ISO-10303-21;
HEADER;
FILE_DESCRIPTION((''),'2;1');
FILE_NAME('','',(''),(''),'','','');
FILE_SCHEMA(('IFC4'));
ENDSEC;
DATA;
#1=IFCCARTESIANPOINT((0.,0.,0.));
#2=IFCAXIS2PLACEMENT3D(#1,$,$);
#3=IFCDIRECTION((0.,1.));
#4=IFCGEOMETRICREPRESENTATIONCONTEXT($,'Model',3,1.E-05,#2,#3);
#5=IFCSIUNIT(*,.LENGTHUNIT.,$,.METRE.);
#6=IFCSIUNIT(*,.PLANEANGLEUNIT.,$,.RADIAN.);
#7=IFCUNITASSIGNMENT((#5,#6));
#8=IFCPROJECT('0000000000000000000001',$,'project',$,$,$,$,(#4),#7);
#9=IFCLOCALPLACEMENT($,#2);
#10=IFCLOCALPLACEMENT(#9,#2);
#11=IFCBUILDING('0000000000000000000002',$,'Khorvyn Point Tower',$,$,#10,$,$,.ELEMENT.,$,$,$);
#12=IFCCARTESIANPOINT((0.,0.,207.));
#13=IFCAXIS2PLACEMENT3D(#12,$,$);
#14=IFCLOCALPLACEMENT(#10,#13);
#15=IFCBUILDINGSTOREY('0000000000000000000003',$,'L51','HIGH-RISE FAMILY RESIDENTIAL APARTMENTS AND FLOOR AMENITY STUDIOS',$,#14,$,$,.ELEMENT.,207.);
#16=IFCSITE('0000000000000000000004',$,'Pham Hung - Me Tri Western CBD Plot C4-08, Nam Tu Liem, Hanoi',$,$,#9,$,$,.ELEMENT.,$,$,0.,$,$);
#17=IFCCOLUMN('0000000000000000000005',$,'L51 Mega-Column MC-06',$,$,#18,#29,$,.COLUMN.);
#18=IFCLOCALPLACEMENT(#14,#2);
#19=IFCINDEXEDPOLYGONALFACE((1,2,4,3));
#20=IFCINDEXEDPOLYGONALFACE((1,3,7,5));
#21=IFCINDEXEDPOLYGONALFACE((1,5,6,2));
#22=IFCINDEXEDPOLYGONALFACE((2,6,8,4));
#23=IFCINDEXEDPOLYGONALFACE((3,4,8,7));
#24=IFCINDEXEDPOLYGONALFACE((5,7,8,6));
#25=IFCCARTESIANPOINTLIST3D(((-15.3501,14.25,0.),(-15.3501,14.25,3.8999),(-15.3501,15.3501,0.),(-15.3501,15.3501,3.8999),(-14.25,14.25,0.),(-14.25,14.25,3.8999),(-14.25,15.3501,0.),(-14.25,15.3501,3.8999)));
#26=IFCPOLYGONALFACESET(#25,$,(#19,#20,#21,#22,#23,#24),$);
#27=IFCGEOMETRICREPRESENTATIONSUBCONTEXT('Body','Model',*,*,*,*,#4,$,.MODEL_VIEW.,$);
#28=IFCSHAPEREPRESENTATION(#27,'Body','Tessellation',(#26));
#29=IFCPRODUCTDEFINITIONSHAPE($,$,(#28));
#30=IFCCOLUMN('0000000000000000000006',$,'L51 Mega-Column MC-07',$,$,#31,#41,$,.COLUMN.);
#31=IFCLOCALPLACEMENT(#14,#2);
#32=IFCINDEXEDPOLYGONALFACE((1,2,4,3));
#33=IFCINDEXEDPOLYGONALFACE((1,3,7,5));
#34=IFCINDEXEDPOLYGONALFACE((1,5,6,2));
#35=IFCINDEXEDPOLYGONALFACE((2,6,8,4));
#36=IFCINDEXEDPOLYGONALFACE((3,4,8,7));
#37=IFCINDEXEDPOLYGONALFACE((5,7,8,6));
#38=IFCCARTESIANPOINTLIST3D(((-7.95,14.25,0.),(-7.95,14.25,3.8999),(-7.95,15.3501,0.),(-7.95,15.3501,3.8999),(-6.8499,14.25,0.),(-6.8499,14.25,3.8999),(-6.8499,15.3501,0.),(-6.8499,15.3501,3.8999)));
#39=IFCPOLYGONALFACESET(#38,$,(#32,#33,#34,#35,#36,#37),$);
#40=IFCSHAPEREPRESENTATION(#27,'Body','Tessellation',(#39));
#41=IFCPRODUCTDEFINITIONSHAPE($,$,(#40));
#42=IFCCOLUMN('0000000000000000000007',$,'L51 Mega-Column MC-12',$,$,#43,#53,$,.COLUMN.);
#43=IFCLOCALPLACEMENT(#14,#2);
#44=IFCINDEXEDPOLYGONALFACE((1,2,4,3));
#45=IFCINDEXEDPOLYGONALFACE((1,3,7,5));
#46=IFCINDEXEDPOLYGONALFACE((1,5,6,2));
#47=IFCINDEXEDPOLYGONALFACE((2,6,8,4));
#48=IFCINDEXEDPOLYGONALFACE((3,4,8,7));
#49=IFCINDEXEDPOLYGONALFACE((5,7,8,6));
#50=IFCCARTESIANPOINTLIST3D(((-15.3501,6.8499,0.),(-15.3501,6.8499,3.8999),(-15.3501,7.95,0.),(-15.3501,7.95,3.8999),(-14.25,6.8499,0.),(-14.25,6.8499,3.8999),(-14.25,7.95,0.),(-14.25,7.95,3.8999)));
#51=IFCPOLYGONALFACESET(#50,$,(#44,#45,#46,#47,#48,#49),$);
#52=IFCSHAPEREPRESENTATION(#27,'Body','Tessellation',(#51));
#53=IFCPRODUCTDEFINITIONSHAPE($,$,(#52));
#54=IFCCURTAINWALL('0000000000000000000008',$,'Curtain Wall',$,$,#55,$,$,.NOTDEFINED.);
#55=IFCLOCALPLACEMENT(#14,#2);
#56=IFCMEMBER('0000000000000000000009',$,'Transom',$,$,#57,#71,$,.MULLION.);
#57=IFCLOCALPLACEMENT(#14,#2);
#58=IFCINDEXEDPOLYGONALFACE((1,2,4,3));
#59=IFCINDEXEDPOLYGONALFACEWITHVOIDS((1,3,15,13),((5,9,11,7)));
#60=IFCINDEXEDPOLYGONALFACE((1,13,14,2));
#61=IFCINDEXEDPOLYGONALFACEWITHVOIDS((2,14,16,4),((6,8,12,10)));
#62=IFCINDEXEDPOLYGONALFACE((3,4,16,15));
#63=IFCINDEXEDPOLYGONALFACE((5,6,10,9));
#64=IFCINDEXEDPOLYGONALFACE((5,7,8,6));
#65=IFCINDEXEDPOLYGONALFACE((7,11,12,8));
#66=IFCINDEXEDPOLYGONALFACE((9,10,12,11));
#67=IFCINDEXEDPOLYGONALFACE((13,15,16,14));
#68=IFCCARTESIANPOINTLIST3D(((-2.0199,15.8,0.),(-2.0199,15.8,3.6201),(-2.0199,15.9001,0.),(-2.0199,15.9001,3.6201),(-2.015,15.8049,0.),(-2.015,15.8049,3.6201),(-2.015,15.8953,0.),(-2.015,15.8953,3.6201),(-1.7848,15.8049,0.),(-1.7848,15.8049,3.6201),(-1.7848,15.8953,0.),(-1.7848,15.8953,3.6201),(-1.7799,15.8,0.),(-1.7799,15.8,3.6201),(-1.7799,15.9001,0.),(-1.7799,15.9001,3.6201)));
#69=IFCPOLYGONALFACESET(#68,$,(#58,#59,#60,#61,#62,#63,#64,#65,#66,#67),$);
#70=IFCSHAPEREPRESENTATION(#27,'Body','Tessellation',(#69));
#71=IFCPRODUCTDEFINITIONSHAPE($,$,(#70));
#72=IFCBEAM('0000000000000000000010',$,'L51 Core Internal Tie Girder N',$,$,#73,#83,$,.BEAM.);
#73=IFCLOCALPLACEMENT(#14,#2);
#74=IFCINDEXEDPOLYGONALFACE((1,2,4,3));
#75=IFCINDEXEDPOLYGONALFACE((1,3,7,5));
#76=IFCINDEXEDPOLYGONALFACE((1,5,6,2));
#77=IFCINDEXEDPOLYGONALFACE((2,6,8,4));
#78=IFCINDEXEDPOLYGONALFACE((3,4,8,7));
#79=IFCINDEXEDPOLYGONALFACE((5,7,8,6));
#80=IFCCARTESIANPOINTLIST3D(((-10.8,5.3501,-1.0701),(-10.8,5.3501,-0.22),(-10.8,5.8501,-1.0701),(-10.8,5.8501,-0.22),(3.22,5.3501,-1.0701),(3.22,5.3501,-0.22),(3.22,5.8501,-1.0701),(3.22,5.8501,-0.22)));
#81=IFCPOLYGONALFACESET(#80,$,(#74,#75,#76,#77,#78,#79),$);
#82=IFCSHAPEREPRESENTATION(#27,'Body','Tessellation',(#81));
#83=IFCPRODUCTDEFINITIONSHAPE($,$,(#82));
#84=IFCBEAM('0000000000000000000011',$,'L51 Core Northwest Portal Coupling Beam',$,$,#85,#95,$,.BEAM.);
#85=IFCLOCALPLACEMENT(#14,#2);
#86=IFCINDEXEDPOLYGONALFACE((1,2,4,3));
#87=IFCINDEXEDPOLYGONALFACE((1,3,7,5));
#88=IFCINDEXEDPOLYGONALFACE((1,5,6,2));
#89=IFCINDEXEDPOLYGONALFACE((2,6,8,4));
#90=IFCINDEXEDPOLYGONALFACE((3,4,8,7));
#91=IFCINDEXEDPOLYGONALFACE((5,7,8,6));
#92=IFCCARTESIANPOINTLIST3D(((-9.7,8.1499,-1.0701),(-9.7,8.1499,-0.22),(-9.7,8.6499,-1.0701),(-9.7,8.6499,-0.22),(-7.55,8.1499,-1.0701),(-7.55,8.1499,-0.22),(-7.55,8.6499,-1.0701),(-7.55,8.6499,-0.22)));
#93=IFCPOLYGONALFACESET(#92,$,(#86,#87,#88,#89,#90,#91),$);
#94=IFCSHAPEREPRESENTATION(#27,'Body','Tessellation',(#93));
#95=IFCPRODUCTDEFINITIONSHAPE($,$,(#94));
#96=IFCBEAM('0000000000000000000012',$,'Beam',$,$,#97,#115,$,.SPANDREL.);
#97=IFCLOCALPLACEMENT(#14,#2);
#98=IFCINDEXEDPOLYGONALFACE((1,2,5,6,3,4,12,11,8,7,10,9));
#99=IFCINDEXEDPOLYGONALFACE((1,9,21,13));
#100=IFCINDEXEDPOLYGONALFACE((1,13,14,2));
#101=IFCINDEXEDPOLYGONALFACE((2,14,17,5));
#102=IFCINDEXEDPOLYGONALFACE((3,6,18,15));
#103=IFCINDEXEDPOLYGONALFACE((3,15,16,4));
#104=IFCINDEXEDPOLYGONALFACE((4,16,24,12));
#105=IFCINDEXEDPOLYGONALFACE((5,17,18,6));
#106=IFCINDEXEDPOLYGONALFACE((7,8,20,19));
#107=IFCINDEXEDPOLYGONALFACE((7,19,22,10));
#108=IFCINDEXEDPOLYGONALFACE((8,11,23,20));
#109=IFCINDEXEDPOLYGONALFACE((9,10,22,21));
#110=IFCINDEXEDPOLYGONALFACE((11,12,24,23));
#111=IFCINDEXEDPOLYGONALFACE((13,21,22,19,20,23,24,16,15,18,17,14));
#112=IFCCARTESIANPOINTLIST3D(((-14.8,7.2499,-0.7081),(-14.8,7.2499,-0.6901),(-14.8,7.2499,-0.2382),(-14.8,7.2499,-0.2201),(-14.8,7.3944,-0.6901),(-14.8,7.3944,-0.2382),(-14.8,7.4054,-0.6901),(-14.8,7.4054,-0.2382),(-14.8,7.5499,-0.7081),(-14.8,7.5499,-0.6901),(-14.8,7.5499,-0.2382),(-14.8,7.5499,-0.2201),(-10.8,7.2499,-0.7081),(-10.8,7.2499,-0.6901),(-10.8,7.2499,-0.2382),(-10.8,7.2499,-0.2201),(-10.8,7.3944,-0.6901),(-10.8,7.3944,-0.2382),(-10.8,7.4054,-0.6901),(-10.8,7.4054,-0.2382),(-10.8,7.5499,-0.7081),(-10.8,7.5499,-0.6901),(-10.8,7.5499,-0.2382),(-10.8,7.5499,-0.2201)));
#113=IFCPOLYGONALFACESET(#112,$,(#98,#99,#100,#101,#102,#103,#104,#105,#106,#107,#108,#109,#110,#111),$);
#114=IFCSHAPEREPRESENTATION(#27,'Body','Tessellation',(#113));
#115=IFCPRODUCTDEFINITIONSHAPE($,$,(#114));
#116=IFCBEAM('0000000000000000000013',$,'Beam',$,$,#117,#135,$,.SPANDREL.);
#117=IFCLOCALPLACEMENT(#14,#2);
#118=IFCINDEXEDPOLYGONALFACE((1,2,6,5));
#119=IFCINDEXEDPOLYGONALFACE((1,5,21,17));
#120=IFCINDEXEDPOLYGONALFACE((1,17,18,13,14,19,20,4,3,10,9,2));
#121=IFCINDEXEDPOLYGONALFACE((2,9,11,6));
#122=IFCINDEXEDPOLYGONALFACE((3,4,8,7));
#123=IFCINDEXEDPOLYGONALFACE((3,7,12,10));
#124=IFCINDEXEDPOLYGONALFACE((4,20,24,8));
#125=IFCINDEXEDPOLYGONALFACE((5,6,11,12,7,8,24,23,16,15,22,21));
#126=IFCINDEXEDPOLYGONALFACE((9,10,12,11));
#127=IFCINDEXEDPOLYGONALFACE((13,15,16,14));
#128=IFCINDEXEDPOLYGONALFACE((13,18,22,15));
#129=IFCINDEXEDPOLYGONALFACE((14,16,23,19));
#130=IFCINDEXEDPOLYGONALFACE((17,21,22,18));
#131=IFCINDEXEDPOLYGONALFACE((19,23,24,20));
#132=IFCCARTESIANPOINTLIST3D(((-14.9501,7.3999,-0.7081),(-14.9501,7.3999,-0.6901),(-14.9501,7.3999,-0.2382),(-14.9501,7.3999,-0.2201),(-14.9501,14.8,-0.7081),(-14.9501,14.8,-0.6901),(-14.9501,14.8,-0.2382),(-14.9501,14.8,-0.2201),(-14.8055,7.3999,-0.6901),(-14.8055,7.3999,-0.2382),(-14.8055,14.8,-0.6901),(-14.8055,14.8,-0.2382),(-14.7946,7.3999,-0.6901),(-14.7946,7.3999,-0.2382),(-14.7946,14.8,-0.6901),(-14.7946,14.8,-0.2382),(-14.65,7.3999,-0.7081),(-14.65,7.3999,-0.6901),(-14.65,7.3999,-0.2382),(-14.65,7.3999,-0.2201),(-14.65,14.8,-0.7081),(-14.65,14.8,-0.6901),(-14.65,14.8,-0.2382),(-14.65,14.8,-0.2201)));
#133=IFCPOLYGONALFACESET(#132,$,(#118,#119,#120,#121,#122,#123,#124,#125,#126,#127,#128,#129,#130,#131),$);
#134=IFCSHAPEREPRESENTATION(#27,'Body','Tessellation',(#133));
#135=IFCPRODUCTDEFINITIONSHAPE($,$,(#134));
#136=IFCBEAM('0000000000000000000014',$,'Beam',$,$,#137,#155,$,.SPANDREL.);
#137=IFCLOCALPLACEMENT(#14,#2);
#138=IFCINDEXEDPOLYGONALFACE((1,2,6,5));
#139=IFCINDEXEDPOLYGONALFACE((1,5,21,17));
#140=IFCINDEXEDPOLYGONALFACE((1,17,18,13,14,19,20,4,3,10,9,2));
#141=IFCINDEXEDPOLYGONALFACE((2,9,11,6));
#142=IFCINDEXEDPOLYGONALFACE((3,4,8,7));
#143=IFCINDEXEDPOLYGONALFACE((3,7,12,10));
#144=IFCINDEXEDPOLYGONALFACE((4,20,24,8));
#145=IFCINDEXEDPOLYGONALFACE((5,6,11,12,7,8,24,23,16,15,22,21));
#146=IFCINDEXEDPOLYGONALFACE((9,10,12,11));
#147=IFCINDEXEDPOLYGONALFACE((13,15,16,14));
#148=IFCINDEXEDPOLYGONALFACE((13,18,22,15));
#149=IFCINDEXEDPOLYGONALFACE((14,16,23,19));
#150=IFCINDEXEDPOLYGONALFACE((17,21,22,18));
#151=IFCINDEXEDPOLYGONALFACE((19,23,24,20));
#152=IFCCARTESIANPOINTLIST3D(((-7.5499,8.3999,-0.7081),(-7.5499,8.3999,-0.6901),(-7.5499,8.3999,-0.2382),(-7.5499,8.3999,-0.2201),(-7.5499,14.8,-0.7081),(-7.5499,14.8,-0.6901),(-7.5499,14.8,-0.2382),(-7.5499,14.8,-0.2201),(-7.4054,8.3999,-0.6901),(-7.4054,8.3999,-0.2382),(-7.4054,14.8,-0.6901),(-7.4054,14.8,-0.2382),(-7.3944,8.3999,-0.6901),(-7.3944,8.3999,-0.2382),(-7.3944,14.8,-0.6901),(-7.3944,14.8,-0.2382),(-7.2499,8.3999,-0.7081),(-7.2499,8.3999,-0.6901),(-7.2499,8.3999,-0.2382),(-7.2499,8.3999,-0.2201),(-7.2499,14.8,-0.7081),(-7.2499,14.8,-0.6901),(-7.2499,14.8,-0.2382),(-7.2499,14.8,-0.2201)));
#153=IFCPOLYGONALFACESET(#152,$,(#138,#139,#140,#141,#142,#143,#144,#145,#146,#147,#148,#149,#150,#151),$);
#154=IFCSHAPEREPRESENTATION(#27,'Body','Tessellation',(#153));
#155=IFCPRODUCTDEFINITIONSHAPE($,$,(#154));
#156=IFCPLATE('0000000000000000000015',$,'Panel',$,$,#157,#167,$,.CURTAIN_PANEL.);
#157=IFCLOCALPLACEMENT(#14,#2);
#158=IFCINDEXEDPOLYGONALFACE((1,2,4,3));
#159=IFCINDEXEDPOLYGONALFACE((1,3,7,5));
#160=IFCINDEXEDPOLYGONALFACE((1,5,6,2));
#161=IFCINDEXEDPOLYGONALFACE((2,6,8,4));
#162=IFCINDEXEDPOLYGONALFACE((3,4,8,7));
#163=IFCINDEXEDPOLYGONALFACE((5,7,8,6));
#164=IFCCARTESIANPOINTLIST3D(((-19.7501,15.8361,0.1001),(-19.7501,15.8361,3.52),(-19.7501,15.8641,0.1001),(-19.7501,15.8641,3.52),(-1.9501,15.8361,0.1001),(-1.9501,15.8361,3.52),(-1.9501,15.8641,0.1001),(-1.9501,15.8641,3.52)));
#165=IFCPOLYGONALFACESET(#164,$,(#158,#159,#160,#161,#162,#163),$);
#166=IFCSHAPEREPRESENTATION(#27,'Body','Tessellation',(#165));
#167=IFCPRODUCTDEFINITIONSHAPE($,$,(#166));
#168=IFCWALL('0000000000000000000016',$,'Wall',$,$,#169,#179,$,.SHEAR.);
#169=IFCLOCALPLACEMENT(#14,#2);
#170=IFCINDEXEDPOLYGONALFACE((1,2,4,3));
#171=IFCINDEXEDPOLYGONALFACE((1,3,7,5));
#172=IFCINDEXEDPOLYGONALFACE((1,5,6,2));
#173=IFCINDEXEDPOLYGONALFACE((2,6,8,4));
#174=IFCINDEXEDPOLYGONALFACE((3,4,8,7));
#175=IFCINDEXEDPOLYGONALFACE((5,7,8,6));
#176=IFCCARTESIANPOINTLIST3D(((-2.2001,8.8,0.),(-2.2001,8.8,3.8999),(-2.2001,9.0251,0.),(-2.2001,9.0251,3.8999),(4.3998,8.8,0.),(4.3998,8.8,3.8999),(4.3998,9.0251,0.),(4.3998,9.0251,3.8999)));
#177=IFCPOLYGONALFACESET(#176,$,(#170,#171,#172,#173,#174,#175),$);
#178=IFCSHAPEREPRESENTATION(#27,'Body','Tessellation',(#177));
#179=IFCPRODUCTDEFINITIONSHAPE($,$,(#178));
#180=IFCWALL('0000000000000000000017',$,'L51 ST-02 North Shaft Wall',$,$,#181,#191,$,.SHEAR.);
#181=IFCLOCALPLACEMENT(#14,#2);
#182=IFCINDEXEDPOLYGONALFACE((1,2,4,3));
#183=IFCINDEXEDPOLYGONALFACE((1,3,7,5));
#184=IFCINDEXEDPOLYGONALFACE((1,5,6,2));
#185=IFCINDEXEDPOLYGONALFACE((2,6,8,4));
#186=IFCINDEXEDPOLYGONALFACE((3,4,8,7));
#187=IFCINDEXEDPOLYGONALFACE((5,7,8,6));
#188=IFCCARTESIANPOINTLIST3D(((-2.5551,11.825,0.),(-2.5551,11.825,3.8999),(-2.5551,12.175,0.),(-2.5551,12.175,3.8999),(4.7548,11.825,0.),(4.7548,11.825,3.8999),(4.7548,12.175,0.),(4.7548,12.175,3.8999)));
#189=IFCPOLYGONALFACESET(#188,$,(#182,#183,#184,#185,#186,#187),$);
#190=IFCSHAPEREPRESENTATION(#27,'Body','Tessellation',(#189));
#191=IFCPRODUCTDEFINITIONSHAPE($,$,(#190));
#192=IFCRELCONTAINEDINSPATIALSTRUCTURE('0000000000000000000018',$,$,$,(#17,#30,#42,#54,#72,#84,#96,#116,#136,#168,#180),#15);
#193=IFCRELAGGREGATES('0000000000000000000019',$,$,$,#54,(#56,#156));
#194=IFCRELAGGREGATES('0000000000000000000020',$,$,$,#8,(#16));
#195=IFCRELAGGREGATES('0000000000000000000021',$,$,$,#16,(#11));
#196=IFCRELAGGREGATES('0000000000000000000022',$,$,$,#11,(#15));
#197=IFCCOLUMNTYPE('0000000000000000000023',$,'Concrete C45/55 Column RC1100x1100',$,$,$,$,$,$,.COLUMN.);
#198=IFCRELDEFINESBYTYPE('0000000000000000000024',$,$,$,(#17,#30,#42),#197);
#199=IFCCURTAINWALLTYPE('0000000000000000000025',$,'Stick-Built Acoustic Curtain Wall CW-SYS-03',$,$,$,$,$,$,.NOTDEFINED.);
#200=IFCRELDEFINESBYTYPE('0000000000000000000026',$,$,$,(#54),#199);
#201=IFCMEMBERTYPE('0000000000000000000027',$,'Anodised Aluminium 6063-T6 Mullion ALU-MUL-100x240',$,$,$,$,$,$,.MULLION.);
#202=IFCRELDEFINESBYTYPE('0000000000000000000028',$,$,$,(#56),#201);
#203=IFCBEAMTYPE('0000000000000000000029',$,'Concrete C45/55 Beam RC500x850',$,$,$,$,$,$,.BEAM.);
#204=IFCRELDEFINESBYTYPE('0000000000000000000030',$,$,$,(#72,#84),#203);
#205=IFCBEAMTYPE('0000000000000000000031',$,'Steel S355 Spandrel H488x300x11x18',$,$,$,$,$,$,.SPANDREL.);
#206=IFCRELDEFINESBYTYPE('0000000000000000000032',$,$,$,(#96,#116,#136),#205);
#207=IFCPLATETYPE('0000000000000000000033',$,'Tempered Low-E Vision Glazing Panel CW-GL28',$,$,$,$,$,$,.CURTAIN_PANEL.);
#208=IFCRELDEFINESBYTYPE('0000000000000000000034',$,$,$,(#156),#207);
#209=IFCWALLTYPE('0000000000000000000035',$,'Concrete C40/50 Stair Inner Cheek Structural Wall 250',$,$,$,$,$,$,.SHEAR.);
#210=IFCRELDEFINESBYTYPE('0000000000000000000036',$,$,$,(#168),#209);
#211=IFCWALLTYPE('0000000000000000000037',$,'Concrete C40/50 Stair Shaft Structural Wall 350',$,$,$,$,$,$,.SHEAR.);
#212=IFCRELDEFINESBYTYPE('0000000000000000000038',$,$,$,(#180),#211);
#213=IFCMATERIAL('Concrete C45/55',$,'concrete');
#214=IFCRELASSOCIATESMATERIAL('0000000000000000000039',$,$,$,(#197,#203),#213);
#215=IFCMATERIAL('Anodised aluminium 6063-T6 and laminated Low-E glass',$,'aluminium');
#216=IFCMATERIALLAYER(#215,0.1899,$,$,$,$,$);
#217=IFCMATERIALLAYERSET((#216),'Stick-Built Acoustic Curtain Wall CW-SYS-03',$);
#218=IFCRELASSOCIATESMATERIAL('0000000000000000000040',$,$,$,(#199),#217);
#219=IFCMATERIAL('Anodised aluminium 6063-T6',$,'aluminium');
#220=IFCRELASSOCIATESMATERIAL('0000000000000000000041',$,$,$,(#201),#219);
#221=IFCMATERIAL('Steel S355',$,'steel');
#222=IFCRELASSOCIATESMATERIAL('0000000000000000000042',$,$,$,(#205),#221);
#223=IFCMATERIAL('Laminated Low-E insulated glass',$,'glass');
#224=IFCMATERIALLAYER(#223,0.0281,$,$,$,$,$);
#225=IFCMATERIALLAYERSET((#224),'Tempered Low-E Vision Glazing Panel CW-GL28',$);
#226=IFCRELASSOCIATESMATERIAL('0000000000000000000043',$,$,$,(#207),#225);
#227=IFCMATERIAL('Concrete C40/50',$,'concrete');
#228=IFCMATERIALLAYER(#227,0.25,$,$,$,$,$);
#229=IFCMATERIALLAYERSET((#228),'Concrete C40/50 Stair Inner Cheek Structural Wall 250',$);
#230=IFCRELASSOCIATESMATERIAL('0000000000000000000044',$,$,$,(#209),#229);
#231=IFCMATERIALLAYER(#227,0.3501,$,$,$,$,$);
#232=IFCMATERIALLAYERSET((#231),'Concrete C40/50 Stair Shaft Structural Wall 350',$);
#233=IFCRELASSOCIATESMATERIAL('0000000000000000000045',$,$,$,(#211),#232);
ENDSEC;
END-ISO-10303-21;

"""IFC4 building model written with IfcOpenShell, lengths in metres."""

from ifc_helpers import new_model, si_unit, direction, frame, frame_2d, origin, origin_2d, place, context, subcontext, project, spatial, rectangle, hollow_rectangle, i_section, extrude, material, layer, layer_set, material_profile, profile_set, type_object, element, aggregate, save


model = new_model("IFC4")

# Units and contexts
model_context = context("Model", 3, precision=1e-05, world=origin(), true_north=direction((0.0, 1.0)))
body_context = subcontext(model_context, "Body", "Model", "MODEL_VIEW")
ifc_project = project(units=[si_unit("LENGTHUNIT", "METRE"), si_unit("PLANEANGLEUNIT", "RADIAN")], contexts=[model_context])

# Site, building, storey
site_placement = place(None, origin())
site = spatial("IfcSite", under=ifc_project, at=site_placement, Name="Pham Hung - Me Tri Western CBD Plot C4-08, Nam Tu Liem, Hanoi", CompositionType="ELEMENT", RefElevation=0.0)
building_placement = place(site_placement, origin())
building = spatial("IfcBuilding", under=site, at=building_placement, Name="Khorvyn Point Tower", CompositionType="ELEMENT")
storey_placement = place(building_placement, frame((0.0, 0.0, 207.0)))
storey = spatial("IfcBuildingStorey", under=building, at=storey_placement, Name="L51", Description="HIGH-RISE FAMILY RESIDENTIAL APARTMENTS AND FLOOR AMENITY STUDIOS", CompositionType="ELEMENT", Elevation=207.0)

# Columns
ifc_material_1 = material(Name="Concrete C45/55", Category="concrete")
ifc_material_profile_1 = material_profile(ifc_material_1, rectangle(XDim=1.1001, YDim=1.1001, at=origin_2d()))
ifc_profile_set_1 = profile_set([ifc_material_profile_1], Name="Concrete C45/55 RC1100x1100")
column_type = type_object("IfcColumnType", Name="Concrete C45/55 Column RC1100x1100", PredefinedType="COLUMN", material=ifc_profile_set_1)
for number, where, z_axis, x_axis, name in (
    (1, (-14.8, 14.8, 0.0), (0.0, 0.0, 1.0), (1.0, 0.0, 0.0), "L51 Mega-Column MC-06"),
    (2, (-7.3999, 14.8, 0.0), (0.0, 0.0, 1.0), (1.0, 0.0, 0.0), "L51 Mega-Column MC-07"),
    (3, (-14.8, 7.3999, 0.0), (0.0, 0.0, 1.0), (1.0, 0.0, 0.0), "L51 Mega-Column MC-12"),
):
    element("IfcColumn", number, at=place(storey_placement, frame(where, z_axis=z_axis, x_axis=x_axis)), inside=storey, type_object=column_type, Name=name, PredefinedType="COLUMN", context=body_context, shape_type="SweptSolid", body=[
        extrude(rectangle(XDim=1.1001, YDim=1.1001, at=origin_2d()), origin(), (0.0, 0.0, 1.0), 3.8999),
    ])

# Curtain wall, member
ifc_material_2 = material(Name="Anodised aluminium 6063-T6 and laminated Low-E glass", Category="aluminium")
ifc_layer_1 = layer(ifc_material_2, 0.1899)
ifc_layer_set_1 = layer_set([ifc_layer_1], Name="Stick-Built Acoustic Curtain Wall CW-SYS-03")
curtain_wall_type = type_object("IfcCurtainWallType", Name="Stick-Built Acoustic Curtain Wall CW-SYS-03", PredefinedType="NOTDEFINED", material=ifc_layer_set_1)
curtain_wall_placement = place(storey_placement, origin())
curtain_wall = element("IfcCurtainWall", 4, at=curtain_wall_placement, inside=storey, type_object=curtain_wall_type, Name="Curtain Wall", PredefinedType="NOTDEFINED")
ifc_material_3 = material(Name="Anodised aluminium 6063-T6", Category="aluminium")
ifc_material_profile_2 = material_profile(ifc_material_3, hollow_rectangle(XDim=0.1001, YDim=0.24, WallThickness=0.0049, at=origin_2d()))
ifc_profile_set_2 = profile_set([ifc_material_profile_2], Name="Anodised aluminium 6063-T6 ALU-MUL-100x240")
member_type = type_object("IfcMemberType", Name="Anodised Aluminium 6063-T6 Mullion ALU-MUL-100x240", PredefinedType="MULLION", material=ifc_profile_set_2)
member_placement = place(storey_placement, frame((-1.8999, 15.8501, 0.0), z_axis=(0.0, 0.0, 1.0), x_axis=(0.0, 1.0, 0.0)))
member = element("IfcMember", 5, at=member_placement, type_object=member_type, Name="Transom", PredefinedType="MULLION", context=body_context, shape_type="SweptSolid", body=[
    extrude(hollow_rectangle(XDim=0.1001, YDim=0.24, WallThickness=0.0049, at=origin_2d()), origin(), (0.0, 0.0, 1.0), 3.6201),
])

# Beams
ifc_material_profile_3 = material_profile(ifc_material_1, rectangle(XDim=0.5, YDim=0.8501, at=origin_2d()))
ifc_profile_set_3 = profile_set([ifc_material_profile_3], Name="Concrete C45/55 RC500x850")
beam_type_1 = type_object("IfcBeamType", Name="Concrete C45/55 Beam RC500x850", PredefinedType="BEAM", material=ifc_profile_set_3)
beam_1_placement = place(storey_placement, frame((-10.8, 5.6001, -0.645), z_axis=(1.0, 0.0, 0.0), x_axis=(0.0, 1.0, 0.0)))
element("IfcBeam", 6, at=beam_1_placement, inside=storey, type_object=beam_type_1, Name="L51 Core Internal Tie Girder N", PredefinedType="BEAM", context=body_context, shape_type="SweptSolid", body=[
    extrude(rectangle(XDim=0.5, YDim=0.8501, at=origin_2d()), origin(), (0.0, 0.0, 1.0), 14.02),
])
beam_2_placement = place(storey_placement, frame((-9.7, 8.3999, -0.645), z_axis=(1.0, 0.0, 0.0), x_axis=(0.0, 1.0, 0.0)))
element("IfcBeam", 7, at=beam_2_placement, inside=storey, type_object=beam_type_1, Name="L51 Core Northwest Portal Coupling Beam", PredefinedType="BEAM", context=body_context, shape_type="SweptSolid", body=[
    extrude(rectangle(XDim=0.5, YDim=0.8501, at=origin_2d()), origin(), (0.0, 0.0, 1.0), 2.1499),
])
ifc_material_4 = material(Name="Steel S355", Category="steel")
ifc_material_profile_4 = material_profile(ifc_material_4, i_section(OverallWidth=0.3, OverallDepth=0.488, WebThickness=0.011, FlangeThickness=0.0181, at=origin_2d()))
ifc_profile_set_4 = profile_set([ifc_material_profile_4], Name="Steel S355 H488x300x11x18")
beam_type_2 = type_object("IfcBeamType", Name="Steel S355 Spandrel H488x300x11x18", PredefinedType="SPANDREL", material=ifc_profile_set_4)
beam_3_placement = place(storey_placement, frame((-14.8, 7.3999, -0.4641), z_axis=(1.0, 0.0, 0.0), x_axis=(0.0, 1.0, 0.0)))
element("IfcBeam", 8, at=beam_3_placement, inside=storey, type_object=beam_type_2, Name="Beam", PredefinedType="SPANDREL", context=body_context, shape_type="SweptSolid", body=[
    extrude(i_section(OverallWidth=0.3, OverallDepth=0.488, WebThickness=0.011, FlangeThickness=0.0181, at=origin_2d()), origin(), (0.0, 0.0, 1.0), 4.0),
])
beam_4_placement = place(storey_placement, frame((-14.8, 7.3999, -0.4641), z_axis=(0.0, 1.0, 0.0), x_axis=(-1.0, 0.0, 0.0)))
element("IfcBeam", 9, at=beam_4_placement, inside=storey, type_object=beam_type_2, Name="Beam", PredefinedType="SPANDREL", context=body_context, shape_type="SweptSolid", body=[
    extrude(i_section(OverallWidth=0.3, OverallDepth=0.488, WebThickness=0.011, FlangeThickness=0.0181, at=origin_2d()), origin(), (0.0, 0.0, 1.0), 7.4001),
])
beam_5_placement = place(storey_placement, frame((-7.3999, 8.3999, -0.4641), z_axis=(0.0, 1.0, 0.0), x_axis=(-1.0, 0.0, 0.0)))
element("IfcBeam", 10, at=beam_5_placement, inside=storey, type_object=beam_type_2, Name="Beam", PredefinedType="SPANDREL", context=body_context, shape_type="SweptSolid", body=[
    extrude(i_section(OverallWidth=0.3, OverallDepth=0.488, WebThickness=0.011, FlangeThickness=0.0181, at=origin_2d()), origin(), (0.0, 0.0, 1.0), 6.4001),
])

# Plate
ifc_material_5 = material(Name="Laminated Low-E insulated glass", Category="glass")
ifc_layer_2 = layer(ifc_material_5, 0.0281)
ifc_layer_set_2 = layer_set([ifc_layer_2], Name="Tempered Low-E Vision Glazing Panel CW-GL28")
plate_type = type_object("IfcPlateType", Name="Tempered Low-E Vision Glazing Panel CW-GL28", PredefinedType="CURTAIN_PANEL", material=ifc_layer_set_2)
plate_placement = place(storey_placement, frame((-10.8501, 15.8501, 0.1001), z_axis=(0.0, 0.0, 1.0), x_axis=(1.0, 0.0, 0.0)))
plate = element("IfcPlate", 11, at=plate_placement, type_object=plate_type, Name="Panel", PredefinedType="CURTAIN_PANEL", context=body_context, shape_type="SweptSolid", body=[
    extrude(rectangle(XDim=17.8, YDim=0.0281, at=origin_2d()), origin(), (0.0, 0.0, 1.0), 3.4199),
])
aggregate(curtain_wall, [member, plate])

# Shared definitions
ifc_material_6 = material(Name="Concrete C40/50", Category="concrete")

# Walls
ifc_layer_3 = layer(ifc_material_6, 0.25)
ifc_layer_set_3 = layer_set([ifc_layer_3], Name="Concrete C40/50 Stair Inner Cheek Structural Wall 250")
wall_type_1 = type_object("IfcWallType", Name="Concrete C40/50 Stair Inner Cheek Structural Wall 250", PredefinedType="SHEAR", material=ifc_layer_set_3)
wall_1_placement = place(storey_placement, frame((-2.2, 8.9126, 0.0), z_axis=(0.0, 0.0, 1.0), x_axis=(1.0, 0.0, 0.0)))
element("IfcWall", 12, at=wall_1_placement, inside=storey, type_object=wall_type_1, Name="Wall", PredefinedType="SHEAR", context=body_context, shape_type="SweptSolid", body=[
    extrude(rectangle(XDim=6.5999, YDim=0.2251, at=frame_2d((3.2998, 0.0))), origin(), (0.0, 0.0, 1.0), 3.8999),
])
ifc_layer_4 = layer(ifc_material_6, 0.3501)
ifc_layer_set_4 = layer_set([ifc_layer_4], Name="Concrete C40/50 Stair Shaft Structural Wall 350")
wall_type_2 = type_object("IfcWallType", Name="Concrete C40/50 Stair Shaft Structural Wall 350", PredefinedType="SHEAR", material=ifc_layer_set_4)
wall_2_placement = place(storey_placement, frame((-2.5549, 12.0, 0.0), z_axis=(0.0, 0.0, 1.0), x_axis=(1.0, 0.0, 0.0)))
element("IfcWall", 13, at=wall_2_placement, inside=storey, type_object=wall_type_2, Name="L51 ST-02 North Shaft Wall", PredefinedType="SHEAR", context=body_context, shape_type="SweptSolid", body=[
    extrude(rectangle(XDim=7.3098, YDim=0.3501, at=frame_2d((3.6548, 0.0))), origin(), (0.0, 0.0, 1.0), 3.8999),
])

save(model, "model.ifc")
